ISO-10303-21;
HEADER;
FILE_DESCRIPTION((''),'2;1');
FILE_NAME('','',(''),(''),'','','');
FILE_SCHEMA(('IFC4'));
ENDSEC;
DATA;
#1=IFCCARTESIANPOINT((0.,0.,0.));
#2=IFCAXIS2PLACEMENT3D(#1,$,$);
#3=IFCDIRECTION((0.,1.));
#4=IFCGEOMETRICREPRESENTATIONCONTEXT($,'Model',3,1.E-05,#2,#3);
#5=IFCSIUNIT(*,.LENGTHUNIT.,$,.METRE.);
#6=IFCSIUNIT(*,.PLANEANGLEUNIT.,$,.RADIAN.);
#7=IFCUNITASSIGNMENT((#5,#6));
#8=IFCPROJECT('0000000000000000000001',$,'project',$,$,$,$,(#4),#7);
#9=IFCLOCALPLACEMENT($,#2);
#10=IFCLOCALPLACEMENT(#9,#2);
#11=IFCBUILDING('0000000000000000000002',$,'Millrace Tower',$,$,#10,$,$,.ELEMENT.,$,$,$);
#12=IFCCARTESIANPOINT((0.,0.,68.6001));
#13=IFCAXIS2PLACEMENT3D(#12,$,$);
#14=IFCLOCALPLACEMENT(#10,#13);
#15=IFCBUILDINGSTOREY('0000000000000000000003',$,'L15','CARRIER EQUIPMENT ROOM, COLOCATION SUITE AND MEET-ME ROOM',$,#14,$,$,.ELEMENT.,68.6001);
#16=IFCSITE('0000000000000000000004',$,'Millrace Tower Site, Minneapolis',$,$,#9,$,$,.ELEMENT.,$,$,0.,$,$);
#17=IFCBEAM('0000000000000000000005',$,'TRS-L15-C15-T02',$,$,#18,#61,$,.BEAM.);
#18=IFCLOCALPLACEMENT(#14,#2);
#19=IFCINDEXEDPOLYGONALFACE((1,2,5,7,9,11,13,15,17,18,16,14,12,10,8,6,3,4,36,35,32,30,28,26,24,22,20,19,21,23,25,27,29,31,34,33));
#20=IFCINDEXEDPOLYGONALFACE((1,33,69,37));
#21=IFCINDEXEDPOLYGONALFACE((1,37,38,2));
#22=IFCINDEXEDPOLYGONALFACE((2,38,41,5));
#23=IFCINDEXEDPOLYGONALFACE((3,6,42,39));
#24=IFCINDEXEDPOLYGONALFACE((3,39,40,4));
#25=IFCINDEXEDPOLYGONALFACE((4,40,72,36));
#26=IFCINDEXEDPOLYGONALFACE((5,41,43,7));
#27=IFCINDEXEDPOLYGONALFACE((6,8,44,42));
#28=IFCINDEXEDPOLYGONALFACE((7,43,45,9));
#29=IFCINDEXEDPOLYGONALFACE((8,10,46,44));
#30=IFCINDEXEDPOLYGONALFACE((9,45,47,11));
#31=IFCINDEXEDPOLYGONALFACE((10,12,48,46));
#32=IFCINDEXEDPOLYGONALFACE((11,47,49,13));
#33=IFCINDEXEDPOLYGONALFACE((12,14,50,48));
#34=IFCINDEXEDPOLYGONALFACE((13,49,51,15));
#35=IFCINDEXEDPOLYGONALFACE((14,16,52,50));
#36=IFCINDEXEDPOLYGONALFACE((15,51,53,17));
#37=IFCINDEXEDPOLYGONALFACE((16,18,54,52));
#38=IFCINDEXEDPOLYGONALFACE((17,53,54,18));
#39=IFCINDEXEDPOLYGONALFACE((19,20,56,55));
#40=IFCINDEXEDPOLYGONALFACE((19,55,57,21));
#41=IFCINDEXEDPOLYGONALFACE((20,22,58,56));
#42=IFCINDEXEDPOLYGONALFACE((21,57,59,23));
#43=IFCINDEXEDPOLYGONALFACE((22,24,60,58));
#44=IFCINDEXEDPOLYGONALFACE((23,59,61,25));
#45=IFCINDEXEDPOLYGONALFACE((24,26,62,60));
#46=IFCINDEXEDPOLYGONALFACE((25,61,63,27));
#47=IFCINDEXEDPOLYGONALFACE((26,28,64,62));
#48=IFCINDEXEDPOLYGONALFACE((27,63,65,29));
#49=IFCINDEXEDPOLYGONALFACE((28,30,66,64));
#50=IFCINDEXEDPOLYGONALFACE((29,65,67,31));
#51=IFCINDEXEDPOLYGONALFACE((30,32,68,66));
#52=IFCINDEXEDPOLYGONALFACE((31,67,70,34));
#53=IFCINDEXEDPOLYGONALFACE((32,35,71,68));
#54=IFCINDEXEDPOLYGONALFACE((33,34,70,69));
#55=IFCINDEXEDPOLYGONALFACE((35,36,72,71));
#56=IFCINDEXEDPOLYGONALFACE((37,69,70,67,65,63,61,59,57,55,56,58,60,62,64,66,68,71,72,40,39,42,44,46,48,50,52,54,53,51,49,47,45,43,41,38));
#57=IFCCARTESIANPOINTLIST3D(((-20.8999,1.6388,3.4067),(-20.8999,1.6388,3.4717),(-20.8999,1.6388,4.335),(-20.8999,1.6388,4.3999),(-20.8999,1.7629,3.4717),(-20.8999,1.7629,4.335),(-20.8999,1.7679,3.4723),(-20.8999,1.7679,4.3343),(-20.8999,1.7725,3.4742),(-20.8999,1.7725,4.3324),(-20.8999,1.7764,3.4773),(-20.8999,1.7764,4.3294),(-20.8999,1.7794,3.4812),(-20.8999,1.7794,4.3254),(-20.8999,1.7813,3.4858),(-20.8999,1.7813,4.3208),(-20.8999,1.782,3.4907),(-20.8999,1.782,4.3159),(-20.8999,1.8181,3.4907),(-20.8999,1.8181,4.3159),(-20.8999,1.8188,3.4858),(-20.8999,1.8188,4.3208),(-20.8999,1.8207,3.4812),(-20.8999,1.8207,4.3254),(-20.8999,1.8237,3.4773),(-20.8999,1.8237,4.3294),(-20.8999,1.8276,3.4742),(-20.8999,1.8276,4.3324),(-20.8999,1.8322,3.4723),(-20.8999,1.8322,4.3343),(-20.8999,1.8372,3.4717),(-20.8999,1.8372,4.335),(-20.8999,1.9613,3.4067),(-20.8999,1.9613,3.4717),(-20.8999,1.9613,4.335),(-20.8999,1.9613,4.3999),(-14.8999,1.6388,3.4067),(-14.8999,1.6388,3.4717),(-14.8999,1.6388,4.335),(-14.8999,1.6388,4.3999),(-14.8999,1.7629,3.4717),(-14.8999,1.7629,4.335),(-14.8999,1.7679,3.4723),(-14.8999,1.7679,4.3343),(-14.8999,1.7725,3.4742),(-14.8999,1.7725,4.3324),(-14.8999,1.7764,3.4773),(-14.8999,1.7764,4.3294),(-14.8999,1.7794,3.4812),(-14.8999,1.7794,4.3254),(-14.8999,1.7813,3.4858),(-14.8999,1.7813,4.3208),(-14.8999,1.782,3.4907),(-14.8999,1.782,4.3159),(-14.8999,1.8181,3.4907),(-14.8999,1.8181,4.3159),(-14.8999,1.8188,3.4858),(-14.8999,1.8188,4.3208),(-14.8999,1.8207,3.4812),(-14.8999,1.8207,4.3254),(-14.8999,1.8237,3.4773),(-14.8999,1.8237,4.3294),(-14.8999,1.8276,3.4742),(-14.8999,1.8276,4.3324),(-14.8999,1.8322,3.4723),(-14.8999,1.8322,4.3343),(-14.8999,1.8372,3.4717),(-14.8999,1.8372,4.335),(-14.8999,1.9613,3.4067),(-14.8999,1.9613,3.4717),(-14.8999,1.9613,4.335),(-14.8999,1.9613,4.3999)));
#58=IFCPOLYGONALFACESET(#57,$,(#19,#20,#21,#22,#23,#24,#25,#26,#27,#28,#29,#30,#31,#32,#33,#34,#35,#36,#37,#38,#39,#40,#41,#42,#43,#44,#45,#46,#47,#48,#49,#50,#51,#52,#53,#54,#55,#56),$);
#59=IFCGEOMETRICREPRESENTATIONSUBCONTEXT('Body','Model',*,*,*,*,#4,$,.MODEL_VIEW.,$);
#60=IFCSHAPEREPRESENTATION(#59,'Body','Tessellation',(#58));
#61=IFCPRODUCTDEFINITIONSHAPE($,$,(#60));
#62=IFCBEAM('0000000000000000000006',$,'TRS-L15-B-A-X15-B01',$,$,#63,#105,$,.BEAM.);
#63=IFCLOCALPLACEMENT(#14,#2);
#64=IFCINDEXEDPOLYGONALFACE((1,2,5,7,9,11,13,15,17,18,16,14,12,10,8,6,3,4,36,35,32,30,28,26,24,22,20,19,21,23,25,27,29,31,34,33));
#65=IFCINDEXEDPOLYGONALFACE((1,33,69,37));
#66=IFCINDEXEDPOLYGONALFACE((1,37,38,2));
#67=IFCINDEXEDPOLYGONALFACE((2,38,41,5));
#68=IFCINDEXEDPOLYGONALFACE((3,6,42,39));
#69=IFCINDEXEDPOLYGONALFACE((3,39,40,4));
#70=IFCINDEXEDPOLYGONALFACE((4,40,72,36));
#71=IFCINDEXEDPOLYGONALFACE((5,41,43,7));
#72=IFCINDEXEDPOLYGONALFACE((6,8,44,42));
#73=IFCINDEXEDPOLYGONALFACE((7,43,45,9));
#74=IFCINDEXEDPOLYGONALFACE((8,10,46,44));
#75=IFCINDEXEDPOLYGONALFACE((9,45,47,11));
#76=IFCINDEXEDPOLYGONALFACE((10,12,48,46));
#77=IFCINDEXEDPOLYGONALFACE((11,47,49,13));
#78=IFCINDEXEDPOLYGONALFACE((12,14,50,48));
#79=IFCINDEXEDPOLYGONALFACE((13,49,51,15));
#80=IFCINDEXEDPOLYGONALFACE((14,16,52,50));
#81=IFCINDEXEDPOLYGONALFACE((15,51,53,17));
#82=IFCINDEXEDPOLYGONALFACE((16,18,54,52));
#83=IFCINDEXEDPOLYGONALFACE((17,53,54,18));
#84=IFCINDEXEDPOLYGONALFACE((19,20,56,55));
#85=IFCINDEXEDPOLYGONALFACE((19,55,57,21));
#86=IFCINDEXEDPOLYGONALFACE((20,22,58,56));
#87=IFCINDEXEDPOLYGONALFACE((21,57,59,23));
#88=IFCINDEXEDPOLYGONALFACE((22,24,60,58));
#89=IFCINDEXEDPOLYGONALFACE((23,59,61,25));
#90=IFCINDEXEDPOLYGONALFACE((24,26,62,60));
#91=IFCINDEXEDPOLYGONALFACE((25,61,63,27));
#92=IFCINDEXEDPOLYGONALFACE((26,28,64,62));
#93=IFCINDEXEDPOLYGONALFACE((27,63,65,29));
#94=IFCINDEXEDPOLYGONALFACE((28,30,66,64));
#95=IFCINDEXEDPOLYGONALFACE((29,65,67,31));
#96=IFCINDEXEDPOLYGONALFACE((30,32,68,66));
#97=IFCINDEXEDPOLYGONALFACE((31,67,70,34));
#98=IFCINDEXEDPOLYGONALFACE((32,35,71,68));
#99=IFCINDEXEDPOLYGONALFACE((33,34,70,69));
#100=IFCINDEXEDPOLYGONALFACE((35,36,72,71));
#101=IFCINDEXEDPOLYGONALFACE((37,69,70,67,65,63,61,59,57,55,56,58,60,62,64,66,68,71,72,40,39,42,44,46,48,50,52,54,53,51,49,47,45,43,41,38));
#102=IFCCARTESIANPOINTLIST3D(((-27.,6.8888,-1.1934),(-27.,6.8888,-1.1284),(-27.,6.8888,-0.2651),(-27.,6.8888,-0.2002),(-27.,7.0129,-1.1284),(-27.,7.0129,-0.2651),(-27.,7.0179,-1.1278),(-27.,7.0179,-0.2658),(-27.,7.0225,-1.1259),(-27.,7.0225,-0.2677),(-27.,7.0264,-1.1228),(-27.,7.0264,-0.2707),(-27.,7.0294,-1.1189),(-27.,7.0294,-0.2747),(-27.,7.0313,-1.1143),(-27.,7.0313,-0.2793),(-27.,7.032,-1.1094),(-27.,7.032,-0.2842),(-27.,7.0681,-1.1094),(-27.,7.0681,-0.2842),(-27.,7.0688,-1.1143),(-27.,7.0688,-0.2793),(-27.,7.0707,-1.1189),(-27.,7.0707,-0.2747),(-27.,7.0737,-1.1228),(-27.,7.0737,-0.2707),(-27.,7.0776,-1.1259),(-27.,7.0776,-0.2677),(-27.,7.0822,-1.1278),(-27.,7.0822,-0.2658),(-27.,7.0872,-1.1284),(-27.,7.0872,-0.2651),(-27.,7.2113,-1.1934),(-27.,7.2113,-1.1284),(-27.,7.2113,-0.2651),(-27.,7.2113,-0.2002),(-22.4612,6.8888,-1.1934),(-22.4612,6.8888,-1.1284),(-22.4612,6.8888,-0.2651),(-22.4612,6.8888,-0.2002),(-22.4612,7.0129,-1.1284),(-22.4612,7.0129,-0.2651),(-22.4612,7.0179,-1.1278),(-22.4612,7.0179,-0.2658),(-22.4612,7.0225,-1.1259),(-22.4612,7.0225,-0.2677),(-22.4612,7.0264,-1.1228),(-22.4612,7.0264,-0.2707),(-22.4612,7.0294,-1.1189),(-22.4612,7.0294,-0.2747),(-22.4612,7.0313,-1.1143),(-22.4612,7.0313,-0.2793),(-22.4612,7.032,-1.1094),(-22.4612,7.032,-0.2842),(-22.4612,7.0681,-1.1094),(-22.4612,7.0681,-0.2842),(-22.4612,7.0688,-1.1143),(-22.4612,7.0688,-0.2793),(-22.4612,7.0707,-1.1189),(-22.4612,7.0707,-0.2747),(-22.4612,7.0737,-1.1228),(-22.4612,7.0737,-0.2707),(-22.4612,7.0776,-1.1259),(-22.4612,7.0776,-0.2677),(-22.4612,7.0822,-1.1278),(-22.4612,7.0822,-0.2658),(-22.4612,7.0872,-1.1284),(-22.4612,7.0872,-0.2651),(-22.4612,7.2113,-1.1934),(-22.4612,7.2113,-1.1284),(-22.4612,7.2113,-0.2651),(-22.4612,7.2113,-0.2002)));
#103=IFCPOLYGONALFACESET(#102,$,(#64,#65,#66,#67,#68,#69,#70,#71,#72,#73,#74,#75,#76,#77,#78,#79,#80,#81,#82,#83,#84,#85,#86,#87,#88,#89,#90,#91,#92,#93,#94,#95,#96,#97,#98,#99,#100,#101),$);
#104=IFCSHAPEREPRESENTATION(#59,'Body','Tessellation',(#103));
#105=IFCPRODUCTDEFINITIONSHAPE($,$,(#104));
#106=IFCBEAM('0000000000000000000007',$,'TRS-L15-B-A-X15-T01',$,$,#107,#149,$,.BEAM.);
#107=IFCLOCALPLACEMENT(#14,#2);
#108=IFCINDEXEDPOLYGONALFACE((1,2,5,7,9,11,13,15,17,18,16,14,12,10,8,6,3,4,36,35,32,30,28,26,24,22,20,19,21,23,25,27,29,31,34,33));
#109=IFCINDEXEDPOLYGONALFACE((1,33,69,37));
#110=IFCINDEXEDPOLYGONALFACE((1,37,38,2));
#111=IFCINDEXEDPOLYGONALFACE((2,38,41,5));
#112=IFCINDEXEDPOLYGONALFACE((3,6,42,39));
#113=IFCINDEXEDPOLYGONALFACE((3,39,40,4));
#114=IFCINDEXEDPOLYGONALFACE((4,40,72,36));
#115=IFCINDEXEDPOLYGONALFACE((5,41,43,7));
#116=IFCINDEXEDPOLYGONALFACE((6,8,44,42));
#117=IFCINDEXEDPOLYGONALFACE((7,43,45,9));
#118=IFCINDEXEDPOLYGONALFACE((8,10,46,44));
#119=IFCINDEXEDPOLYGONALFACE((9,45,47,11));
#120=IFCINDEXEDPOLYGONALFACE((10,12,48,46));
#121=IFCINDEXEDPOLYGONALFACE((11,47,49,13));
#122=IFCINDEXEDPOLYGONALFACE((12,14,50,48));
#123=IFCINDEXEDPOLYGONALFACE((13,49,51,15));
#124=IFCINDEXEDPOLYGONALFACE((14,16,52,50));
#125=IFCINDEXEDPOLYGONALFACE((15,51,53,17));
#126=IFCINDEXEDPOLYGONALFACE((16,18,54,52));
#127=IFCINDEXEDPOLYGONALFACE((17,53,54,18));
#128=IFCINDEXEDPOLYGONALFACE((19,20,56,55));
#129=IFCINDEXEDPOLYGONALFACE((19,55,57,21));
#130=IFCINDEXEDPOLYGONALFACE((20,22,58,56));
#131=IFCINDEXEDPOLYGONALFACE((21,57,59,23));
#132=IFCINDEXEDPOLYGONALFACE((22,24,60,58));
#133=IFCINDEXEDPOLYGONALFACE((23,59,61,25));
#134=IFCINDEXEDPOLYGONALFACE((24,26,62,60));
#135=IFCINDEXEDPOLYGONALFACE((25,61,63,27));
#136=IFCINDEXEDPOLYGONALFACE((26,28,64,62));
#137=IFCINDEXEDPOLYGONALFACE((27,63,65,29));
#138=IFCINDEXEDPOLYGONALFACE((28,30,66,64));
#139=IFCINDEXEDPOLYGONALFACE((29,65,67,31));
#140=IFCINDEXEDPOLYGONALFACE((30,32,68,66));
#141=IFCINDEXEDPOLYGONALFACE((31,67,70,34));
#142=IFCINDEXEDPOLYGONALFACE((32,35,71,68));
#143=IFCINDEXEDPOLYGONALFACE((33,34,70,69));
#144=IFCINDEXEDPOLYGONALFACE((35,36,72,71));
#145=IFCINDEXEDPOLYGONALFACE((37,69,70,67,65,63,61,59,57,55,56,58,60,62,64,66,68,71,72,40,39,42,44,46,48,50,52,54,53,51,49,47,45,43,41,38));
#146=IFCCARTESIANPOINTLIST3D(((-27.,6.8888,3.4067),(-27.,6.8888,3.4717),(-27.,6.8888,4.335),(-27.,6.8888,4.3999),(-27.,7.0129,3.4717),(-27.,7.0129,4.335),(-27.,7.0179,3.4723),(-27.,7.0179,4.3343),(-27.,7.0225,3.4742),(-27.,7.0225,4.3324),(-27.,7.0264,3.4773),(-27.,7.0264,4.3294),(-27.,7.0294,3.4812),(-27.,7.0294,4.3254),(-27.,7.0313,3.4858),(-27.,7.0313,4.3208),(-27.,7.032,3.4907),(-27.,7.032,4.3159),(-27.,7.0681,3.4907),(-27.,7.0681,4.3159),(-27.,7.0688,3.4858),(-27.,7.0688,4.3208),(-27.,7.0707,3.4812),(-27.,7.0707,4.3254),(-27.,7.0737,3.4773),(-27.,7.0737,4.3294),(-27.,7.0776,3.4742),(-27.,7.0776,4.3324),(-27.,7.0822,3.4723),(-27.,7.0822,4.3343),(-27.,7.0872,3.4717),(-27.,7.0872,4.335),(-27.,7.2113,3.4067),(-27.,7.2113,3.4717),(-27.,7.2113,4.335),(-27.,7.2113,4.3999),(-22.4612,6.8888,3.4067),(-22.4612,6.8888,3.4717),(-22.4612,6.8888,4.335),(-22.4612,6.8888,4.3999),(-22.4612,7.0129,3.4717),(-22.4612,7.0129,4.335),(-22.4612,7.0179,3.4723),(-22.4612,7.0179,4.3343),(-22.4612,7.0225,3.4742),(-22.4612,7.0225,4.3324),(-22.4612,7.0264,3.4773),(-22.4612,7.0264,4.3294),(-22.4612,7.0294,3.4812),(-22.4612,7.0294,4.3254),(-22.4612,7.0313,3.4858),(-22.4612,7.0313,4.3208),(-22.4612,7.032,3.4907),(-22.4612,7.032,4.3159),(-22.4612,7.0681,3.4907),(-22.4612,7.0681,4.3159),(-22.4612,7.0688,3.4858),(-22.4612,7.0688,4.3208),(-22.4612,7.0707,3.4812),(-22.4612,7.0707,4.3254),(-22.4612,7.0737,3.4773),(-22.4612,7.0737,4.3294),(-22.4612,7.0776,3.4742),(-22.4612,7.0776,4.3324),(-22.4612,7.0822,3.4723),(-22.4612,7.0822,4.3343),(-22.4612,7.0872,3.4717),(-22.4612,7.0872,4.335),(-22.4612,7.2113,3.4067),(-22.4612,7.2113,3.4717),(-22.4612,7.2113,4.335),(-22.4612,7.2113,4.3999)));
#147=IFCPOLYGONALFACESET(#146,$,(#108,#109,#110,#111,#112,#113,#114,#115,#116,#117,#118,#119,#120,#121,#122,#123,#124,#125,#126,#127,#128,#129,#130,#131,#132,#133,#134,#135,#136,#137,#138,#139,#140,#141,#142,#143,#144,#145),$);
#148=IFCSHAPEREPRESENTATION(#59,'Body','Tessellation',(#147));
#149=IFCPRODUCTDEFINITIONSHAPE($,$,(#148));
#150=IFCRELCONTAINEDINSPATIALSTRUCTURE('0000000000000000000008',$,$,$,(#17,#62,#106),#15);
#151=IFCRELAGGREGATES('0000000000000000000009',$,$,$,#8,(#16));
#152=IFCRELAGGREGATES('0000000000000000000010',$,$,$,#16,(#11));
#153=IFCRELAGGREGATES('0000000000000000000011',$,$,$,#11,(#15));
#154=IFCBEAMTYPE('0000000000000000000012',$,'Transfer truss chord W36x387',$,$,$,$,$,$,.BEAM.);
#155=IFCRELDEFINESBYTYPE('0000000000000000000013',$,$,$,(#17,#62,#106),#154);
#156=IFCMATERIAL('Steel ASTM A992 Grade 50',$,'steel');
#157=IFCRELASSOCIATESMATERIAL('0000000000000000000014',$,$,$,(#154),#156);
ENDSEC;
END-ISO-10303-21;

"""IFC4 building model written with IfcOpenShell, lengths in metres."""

from ifc_helpers import new_model, si_unit, direction, frame, origin, origin_2d, place, context, subcontext, project, spatial, i_section, extrude, material, material_profile, profile_set, type_object, element, save


model = new_model("IFC4")

# Units and contexts
model_context = context("Model", 3, precision=1e-05, world=origin(), true_north=direction((0.0, 1.0)))
body_context = subcontext(model_context, "Body", "Model", "MODEL_VIEW")
ifc_project = project(units=[si_unit("LENGTHUNIT", "METRE"), si_unit("PLANEANGLEUNIT", "RADIAN")], contexts=[model_context])

# Site, building, storey
site_placement = place(None, origin())
site = spatial("IfcSite", under=ifc_project, at=site_placement, Name="Millrace Tower Site, Minneapolis", CompositionType="ELEMENT", RefElevation=0.0)
building_placement = place(site_placement, origin())
building = spatial("IfcBuilding", under=site, at=building_placement, Name="Millrace Tower", CompositionType="ELEMENT")
storey_placement = place(building_placement, frame((0.0, 0.0, 68.6001)))
storey = spatial("IfcBuildingStorey", under=building, at=storey_placement, Name="L15", Description="CARRIER EQUIPMENT ROOM, COLOCATION SUITE AND MEET-ME ROOM", CompositionType="ELEMENT", Elevation=68.6001)

# Beams
ifc_material_1 = material(Name="Steel ASTM A992 Grade 50", Category="steel")
ifc_material_profile_1 = material_profile(ifc_material_1, i_section(OverallWidth=0.3225, OverallDepth=0.9932, WebThickness=0.0361, FlangeThickness=0.0649, FilletRadius=0.019, at=origin_2d()))
ifc_profile_set_1 = profile_set([ifc_material_profile_1], Name="Steel ASTM A992 Grade 50")
beam_type_1 = type_object("IfcBeamType", Name="Transfer truss chord W36x387", PredefinedType="BEAM", material=ifc_profile_set_1)
for number, where, z_axis, x_axis, name in (
    (1, (-20.8999, 1.8, 3.9033), (1.0, 0.0, 0.0), (0.0, 1.0, 0.0), "TRS-L15-C15-T02"),
):
    element("IfcBeam", number, at=place(storey_placement, frame(where, z_axis=z_axis, x_axis=x_axis)), inside=storey, type_object=beam_type_1, Name=name, PredefinedType="BEAM", context=body_context, shape_type="SweptSolid", body=[
        extrude(i_section(OverallWidth=0.3225, OverallDepth=0.9932, WebThickness=0.0361, FlangeThickness=0.0649, FilletRadius=0.019, at=origin_2d()), origin(), (0.0, 0.0, 1.0), 6.0),
    ])
for number, where, z_axis, x_axis, name in (
    (2, (-27.0, 7.05, -0.6968), (1.0, 0.0, 0.0), (0.0, 1.0, 0.0), "TRS-L15-B-A-X15-B01"),
    (3, (-27.0, 7.05, 3.9033), (1.0, 0.0, 0.0), (0.0, 1.0, 0.0), "TRS-L15-B-A-X15-T01"),
):
    element("IfcBeam", number, at=place(storey_placement, frame(where, z_axis=z_axis, x_axis=x_axis)), inside=storey, type_object=beam_type_1, Name=name, PredefinedType="BEAM", context=body_context, shape_type="SweptSolid", body=[
        extrude(i_section(OverallWidth=0.3225, OverallDepth=0.9932, WebThickness=0.0361, FlangeThickness=0.0649, FilletRadius=0.019, at=origin_2d()), origin(), (0.0, 0.0, 1.0), 4.5388),
    ])

save(model, "model.ifc")
